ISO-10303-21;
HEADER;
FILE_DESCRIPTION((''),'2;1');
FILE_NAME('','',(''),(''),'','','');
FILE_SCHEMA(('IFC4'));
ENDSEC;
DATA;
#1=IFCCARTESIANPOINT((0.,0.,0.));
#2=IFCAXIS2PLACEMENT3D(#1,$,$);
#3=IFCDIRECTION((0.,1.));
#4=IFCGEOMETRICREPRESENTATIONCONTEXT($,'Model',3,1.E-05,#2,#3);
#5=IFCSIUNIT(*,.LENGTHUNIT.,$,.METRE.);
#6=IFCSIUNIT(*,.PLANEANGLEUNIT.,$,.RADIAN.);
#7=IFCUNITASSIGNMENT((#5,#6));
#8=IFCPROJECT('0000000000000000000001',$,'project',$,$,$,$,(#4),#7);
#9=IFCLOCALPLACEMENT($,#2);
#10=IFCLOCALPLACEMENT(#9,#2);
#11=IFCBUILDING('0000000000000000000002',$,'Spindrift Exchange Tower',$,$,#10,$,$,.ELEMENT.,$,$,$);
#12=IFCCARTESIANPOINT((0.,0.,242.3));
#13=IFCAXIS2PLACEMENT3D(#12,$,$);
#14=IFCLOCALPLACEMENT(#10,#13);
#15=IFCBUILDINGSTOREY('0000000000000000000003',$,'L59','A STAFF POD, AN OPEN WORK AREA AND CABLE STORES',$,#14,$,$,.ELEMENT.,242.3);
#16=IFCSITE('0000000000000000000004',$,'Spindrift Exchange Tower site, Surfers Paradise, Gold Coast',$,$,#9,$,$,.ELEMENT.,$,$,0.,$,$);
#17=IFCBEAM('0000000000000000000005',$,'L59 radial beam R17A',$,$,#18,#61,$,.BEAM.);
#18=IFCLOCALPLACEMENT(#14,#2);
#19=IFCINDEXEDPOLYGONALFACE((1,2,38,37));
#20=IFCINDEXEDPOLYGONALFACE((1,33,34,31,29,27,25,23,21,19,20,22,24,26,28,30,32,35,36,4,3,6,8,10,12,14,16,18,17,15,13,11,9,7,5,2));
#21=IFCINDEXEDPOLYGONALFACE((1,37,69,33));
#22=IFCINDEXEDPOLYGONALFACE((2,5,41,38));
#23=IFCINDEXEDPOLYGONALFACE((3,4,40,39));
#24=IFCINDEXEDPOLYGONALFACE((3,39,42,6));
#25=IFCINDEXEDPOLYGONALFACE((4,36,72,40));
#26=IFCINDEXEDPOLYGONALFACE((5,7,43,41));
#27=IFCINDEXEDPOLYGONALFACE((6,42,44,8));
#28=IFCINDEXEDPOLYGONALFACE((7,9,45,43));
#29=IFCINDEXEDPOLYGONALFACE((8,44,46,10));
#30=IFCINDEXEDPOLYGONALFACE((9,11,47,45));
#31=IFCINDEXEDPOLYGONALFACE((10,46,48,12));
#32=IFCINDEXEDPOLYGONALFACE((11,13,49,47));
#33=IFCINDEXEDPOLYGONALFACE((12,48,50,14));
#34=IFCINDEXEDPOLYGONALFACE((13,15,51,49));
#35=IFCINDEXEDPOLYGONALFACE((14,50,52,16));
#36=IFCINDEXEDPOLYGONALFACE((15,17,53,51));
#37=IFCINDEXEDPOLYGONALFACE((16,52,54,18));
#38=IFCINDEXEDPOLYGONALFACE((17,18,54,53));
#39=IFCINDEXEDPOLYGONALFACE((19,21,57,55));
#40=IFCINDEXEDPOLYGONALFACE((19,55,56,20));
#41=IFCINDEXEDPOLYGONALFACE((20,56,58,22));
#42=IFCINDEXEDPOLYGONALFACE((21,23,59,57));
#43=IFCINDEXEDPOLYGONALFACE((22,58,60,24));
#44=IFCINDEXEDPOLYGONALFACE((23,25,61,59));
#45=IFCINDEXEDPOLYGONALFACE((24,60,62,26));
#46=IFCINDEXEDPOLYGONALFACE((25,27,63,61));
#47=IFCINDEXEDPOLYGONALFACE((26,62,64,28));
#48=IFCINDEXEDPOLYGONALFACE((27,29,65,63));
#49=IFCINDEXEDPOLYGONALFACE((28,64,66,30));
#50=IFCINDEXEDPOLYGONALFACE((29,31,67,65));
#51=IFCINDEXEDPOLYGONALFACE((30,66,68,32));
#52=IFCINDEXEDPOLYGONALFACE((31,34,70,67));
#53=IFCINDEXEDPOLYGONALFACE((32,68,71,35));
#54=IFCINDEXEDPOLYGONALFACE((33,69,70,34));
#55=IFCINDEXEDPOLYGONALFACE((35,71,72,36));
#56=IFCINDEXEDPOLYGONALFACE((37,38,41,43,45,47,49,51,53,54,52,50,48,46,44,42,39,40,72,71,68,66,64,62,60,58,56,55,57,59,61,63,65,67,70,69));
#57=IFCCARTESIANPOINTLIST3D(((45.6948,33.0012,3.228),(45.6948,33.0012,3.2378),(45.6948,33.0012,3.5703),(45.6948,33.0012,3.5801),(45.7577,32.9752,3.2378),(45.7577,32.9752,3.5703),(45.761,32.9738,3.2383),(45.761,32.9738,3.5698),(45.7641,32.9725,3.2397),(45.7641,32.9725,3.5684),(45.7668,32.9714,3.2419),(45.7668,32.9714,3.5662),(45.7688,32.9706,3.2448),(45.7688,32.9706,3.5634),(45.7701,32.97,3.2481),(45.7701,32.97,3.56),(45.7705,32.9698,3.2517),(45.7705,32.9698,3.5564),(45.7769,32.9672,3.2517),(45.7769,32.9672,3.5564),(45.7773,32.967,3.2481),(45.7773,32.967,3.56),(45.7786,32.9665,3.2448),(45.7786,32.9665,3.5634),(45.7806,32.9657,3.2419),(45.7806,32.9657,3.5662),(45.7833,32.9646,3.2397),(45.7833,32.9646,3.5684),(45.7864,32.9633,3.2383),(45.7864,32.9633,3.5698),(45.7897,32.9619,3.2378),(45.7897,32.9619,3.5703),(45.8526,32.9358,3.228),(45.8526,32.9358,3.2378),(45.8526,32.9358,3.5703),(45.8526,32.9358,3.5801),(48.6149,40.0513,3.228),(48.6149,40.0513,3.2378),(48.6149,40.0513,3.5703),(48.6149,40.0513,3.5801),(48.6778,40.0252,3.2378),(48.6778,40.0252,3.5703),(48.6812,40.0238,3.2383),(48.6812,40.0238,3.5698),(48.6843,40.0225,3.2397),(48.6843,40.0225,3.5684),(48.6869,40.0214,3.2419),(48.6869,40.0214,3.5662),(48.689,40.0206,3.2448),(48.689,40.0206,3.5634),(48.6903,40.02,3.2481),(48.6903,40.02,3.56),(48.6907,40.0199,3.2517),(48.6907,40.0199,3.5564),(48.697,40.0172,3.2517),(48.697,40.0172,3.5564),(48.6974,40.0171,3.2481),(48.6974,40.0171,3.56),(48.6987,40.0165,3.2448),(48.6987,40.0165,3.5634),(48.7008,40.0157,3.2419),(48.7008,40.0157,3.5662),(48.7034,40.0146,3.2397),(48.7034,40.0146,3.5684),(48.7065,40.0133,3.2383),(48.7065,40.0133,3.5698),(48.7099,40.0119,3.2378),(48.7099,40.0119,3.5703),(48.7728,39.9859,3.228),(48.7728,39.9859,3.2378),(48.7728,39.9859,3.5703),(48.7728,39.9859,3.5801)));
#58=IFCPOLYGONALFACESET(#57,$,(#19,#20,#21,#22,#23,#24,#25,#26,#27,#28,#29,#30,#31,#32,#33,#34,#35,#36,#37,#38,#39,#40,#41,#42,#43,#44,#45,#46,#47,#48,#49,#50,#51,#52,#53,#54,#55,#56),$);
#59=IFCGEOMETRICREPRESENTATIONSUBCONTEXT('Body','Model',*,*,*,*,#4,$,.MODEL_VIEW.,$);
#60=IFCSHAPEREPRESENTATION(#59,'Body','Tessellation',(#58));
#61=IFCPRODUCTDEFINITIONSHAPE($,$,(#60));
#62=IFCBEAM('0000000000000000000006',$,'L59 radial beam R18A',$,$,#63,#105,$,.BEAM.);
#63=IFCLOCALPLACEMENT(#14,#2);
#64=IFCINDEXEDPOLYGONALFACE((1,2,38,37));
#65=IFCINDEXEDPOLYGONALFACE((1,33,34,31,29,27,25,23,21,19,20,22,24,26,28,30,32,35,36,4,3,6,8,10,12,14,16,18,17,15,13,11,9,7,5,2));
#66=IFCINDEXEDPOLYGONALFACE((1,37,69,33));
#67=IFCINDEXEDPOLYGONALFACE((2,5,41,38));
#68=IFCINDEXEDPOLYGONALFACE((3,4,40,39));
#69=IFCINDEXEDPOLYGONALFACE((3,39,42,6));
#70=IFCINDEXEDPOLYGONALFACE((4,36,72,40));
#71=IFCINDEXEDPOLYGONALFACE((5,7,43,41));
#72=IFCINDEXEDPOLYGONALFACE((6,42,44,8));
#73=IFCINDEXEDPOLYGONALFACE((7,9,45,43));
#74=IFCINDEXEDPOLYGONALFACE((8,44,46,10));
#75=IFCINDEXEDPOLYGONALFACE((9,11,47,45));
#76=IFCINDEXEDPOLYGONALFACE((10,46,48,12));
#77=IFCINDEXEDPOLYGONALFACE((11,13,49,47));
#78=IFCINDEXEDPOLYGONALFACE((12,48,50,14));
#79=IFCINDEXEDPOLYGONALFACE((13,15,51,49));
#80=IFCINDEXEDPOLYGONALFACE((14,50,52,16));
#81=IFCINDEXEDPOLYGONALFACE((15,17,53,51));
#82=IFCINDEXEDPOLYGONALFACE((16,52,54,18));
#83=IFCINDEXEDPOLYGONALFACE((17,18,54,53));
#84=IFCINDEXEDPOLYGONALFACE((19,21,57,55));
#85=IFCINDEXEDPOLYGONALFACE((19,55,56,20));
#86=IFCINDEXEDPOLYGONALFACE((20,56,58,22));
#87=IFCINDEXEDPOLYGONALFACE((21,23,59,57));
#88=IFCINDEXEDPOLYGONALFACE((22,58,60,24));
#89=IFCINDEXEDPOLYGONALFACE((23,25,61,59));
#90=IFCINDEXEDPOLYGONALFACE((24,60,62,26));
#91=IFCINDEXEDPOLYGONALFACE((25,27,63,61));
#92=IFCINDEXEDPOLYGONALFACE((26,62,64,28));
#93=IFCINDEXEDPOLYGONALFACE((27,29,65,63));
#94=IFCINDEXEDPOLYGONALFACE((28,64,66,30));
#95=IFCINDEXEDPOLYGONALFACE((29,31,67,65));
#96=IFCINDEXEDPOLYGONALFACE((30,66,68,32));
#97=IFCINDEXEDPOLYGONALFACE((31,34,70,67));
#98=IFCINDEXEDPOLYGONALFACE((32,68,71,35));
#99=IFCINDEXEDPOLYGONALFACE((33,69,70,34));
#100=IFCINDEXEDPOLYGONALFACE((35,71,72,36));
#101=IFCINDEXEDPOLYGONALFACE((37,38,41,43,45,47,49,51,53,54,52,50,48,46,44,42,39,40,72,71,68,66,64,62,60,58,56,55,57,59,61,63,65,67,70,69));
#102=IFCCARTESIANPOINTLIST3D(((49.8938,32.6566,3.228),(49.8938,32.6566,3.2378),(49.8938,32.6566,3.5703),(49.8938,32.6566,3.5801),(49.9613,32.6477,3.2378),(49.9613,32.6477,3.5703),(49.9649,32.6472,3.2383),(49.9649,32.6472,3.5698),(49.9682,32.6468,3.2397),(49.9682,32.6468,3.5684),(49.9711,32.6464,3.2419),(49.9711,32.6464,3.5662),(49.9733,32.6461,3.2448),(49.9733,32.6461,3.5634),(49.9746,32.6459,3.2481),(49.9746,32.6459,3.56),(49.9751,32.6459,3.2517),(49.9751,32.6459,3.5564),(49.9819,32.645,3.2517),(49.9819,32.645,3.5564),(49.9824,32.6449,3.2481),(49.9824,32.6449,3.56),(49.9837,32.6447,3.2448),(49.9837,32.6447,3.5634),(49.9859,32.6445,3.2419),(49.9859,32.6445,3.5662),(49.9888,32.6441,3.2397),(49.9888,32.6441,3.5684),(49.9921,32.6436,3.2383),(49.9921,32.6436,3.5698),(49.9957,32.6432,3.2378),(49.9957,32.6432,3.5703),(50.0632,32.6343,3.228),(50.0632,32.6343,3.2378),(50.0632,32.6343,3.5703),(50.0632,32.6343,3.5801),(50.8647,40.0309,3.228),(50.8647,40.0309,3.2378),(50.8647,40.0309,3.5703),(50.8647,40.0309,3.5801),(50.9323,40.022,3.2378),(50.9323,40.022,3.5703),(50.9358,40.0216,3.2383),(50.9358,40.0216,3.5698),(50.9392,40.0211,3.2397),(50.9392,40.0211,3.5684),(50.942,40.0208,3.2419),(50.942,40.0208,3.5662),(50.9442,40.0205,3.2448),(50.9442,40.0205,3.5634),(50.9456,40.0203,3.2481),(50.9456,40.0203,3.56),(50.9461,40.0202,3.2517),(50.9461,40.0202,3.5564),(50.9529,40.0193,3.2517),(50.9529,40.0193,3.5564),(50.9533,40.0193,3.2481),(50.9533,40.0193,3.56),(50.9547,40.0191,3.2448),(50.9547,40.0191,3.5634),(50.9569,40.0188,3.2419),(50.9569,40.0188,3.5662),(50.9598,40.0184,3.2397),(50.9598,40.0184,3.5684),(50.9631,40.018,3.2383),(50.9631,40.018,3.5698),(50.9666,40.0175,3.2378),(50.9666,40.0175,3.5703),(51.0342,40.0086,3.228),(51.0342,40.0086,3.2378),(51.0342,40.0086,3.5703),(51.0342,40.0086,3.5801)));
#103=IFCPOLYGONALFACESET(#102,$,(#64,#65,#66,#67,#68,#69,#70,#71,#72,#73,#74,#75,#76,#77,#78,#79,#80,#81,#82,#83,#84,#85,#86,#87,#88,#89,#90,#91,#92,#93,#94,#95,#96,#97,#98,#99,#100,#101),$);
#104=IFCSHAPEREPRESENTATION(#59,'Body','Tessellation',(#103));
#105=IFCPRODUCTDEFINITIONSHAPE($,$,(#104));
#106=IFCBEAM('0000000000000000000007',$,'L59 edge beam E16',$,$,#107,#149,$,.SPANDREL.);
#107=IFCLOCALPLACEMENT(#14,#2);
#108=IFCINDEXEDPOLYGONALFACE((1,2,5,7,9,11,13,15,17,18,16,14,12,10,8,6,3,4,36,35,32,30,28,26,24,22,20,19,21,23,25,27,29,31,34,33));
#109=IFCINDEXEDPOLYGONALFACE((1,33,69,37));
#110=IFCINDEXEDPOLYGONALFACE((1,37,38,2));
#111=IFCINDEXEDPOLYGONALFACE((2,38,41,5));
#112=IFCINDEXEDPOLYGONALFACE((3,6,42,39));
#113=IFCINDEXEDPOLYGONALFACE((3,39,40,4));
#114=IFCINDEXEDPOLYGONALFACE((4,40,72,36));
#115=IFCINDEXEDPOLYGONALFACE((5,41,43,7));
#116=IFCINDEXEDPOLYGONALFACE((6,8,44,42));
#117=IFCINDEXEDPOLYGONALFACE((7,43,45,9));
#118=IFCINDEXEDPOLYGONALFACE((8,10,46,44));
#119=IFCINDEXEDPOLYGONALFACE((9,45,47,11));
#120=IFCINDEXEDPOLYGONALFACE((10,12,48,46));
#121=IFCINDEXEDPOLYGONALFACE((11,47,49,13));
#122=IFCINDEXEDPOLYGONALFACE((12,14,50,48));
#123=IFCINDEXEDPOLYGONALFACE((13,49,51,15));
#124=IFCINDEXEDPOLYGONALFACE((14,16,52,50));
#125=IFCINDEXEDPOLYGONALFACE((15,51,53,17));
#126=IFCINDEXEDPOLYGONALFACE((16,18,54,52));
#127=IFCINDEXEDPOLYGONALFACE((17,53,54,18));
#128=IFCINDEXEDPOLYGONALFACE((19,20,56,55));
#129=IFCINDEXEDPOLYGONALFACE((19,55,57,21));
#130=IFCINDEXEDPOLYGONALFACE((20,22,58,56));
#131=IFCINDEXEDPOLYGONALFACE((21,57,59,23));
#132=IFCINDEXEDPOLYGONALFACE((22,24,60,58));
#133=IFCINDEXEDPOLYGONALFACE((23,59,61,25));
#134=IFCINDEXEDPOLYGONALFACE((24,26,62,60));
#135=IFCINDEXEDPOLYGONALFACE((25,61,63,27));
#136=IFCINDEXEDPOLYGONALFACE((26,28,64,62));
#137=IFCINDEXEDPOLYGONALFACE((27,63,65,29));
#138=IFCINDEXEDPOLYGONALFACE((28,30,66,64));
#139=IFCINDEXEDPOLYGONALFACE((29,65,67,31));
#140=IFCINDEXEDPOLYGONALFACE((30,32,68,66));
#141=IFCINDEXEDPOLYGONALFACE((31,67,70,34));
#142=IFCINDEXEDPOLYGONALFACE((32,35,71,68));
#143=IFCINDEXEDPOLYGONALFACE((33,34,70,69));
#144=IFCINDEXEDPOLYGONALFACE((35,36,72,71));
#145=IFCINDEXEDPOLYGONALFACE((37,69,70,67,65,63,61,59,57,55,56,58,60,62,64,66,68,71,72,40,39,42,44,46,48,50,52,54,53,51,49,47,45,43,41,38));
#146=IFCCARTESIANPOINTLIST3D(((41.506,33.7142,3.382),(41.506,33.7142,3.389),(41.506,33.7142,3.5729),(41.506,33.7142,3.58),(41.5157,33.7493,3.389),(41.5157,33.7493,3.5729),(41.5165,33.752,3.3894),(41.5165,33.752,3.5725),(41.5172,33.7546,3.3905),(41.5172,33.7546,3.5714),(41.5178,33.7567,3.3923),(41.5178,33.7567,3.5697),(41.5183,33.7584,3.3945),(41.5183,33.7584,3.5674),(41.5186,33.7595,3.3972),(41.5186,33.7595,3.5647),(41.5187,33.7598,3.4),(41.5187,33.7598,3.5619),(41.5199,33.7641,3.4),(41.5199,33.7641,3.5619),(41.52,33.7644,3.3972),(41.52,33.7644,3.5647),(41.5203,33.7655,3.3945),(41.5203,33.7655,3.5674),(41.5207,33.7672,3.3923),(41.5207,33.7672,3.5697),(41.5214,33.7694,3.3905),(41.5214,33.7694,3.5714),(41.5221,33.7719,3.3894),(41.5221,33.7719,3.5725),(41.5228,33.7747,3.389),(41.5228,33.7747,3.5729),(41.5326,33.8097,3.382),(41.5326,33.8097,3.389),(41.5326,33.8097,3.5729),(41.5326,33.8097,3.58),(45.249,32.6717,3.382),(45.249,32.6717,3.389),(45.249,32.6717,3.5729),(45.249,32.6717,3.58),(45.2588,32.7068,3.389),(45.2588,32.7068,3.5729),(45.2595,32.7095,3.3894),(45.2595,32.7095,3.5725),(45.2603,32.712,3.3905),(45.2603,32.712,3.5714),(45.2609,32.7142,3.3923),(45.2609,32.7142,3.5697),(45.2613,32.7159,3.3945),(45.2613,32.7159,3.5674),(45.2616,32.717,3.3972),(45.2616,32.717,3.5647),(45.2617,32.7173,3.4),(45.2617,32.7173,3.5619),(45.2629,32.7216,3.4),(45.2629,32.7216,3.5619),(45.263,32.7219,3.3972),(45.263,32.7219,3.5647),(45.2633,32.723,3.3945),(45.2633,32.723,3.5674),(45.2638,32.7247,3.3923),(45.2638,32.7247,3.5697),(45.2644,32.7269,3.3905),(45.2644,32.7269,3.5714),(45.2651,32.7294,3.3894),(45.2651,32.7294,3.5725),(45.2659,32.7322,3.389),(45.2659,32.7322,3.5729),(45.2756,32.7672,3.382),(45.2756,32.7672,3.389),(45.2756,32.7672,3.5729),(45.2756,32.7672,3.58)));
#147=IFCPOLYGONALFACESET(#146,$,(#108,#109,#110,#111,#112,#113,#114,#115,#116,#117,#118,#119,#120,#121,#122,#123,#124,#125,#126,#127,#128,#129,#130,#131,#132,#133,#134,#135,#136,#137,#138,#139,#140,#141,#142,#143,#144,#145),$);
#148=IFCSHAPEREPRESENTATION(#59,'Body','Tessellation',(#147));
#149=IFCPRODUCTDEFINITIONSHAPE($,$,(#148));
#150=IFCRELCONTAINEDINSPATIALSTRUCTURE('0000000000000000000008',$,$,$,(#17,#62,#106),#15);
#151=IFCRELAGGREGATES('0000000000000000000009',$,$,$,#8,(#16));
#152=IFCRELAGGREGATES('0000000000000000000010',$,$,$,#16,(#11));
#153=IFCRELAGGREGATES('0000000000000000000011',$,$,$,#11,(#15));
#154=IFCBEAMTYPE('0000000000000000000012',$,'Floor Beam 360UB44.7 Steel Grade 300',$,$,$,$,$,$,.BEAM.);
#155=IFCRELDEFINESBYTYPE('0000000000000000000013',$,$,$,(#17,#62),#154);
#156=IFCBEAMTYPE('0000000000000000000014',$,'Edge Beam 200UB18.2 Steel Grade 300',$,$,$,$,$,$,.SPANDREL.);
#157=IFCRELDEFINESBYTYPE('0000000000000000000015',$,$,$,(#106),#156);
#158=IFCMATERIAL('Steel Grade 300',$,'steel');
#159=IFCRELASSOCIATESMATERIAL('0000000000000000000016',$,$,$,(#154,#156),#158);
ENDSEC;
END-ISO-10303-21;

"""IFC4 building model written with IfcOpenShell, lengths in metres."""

from ifc_helpers import new_model, si_unit, direction, frame, origin, origin_2d, place, context, subcontext, project, spatial, i_section, extrude, source, transform, mapped, material, material_profile, profile_set, type_object, element, save


model = new_model("IFC4")

# Units and contexts
model_context = context("Model", 3, precision=1e-05, world=origin(), true_north=direction((0.0, 1.0)))
body_context = subcontext(model_context, "Body", "Model", "MODEL_VIEW")
ifc_project = project(units=[si_unit("LENGTHUNIT", "METRE"), si_unit("PLANEANGLEUNIT", "RADIAN")], contexts=[model_context])

# Site, building, storey
site_placement = place(None, origin())
site = spatial("IfcSite", under=ifc_project, at=site_placement, Name="Spindrift Exchange Tower site, Surfers Paradise, Gold Coast", CompositionType="ELEMENT", RefElevation=0.0)
building_placement = place(site_placement, origin())
building = spatial("IfcBuilding", under=site, at=building_placement, Name="Spindrift Exchange Tower", CompositionType="ELEMENT")
storey_placement = place(building_placement, frame((0.0, 0.0, 242.3)))
storey = spatial("IfcBuildingStorey", under=building, at=storey_placement, Name="L59", Description="A STAFF POD, AN OPEN WORK AREA AND CABLE STORES", CompositionType="ELEMENT", Elevation=242.3)

# Beams
ifc_material_1 = material(Name="Steel Grade 300", Category="steel")
ifc_material_profile_1 = material_profile(ifc_material_1, i_section(OverallWidth=0.1709, OverallDepth=0.3521, WebThickness=0.0068, FlangeThickness=0.0098, FilletRadius=0.0139, at=origin_2d()), Name="360UB44.7")
ifc_profile_set_1 = profile_set([ifc_material_profile_1], Name="Steel Grade 300")
beam_type_1 = type_object("IfcBeamType", Name="Floor Beam 360UB44.7 Steel Grade 300", PredefinedType="BEAM", material=ifc_profile_set_1)
shared_shape_1 = source(origin(), body_context, "Body", "SweptSolid", [
    extrude(i_section(OverallWidth=0.1709, OverallDepth=0.3521, WebThickness=0.0068, FlangeThickness=0.0098, FilletRadius=0.0139, at=origin_2d()), origin(), (0.0, 0.0, 1.0), 7.6309),
])
beam_1_placement = place(storey_placement, frame((48.6938, 40.0186, 3.4041), z_axis=(-0.382677, -0.923882, 0.0), x_axis=(0.923882, -0.382677, 0.0)))
element("IfcBeam", 1, at=beam_1_placement, inside=storey, type_object=beam_type_1, Name="L59 radial beam R17A", PredefinedType="BEAM", context=body_context, shape_type="MappedRepresentation", body=[
    mapped(shared_shape_1, transform((0.0, 0.0, 0.0), scale=1.0)),
])
shared_shape_2 = source(origin(), body_context, "Body", "SweptSolid", [
    extrude(i_section(OverallWidth=0.1709, OverallDepth=0.3521, WebThickness=0.0068, FlangeThickness=0.0098, FilletRadius=0.0139, at=origin_2d()), origin(), (0.0, 0.0, 1.0), 7.438),
])
beam_2_placement = place(storey_placement, frame((50.9495, 40.0198, 3.4041), z_axis=(-0.13054, -0.991443, 0.0), x_axis=(0.991443, -0.13054, 0.0)))
element("IfcBeam", 2, at=beam_2_placement, inside=storey, type_object=beam_type_1, Name="L59 radial beam R18A", PredefinedType="BEAM", context=body_context, shape_type="MappedRepresentation", body=[
    mapped(shared_shape_2, transform((0.0, 0.0, 0.0), scale=1.0)),
])
ifc_material_profile_2 = material_profile(ifc_material_1, i_section(OverallWidth=0.0991, OverallDepth=0.198, WebThickness=0.0044, FlangeThickness=0.0071, FilletRadius=0.011, at=origin_2d()), Name="200UB18.2")
ifc_profile_set_2 = profile_set([ifc_material_profile_2], Name="Steel Grade 300")
beam_type_2 = type_object("IfcBeamType", Name="Edge Beam 200UB18.2 Steel Grade 300", PredefinedType="SPANDREL", material=ifc_profile_set_2)
shared_shape_3 = source(origin(), body_context, "Body", "SweptSolid", [
    extrude(i_section(OverallWidth=0.0991, OverallDepth=0.198, WebThickness=0.0044, FlangeThickness=0.0071, FilletRadius=0.011, at=origin_2d()), origin(), (0.0, 0.0, 1.0), 3.8855),
])
beam_3_placement = place(storey_placement, frame((41.5193, 33.762, 3.481), z_axis=(0.963333, -0.268308, 0.0), x_axis=(0.268308, 0.963333, 0.0)))
element("IfcBeam", 3, at=beam_3_placement, inside=storey, type_object=beam_type_2, Name="L59 edge beam E16", PredefinedType="SPANDREL", context=body_context, shape_type="MappedRepresentation", body=[
    mapped(shared_shape_3, transform((0.0, 0.0, 0.0), scale=1.0)),
])

save(model, "model.ifc")
